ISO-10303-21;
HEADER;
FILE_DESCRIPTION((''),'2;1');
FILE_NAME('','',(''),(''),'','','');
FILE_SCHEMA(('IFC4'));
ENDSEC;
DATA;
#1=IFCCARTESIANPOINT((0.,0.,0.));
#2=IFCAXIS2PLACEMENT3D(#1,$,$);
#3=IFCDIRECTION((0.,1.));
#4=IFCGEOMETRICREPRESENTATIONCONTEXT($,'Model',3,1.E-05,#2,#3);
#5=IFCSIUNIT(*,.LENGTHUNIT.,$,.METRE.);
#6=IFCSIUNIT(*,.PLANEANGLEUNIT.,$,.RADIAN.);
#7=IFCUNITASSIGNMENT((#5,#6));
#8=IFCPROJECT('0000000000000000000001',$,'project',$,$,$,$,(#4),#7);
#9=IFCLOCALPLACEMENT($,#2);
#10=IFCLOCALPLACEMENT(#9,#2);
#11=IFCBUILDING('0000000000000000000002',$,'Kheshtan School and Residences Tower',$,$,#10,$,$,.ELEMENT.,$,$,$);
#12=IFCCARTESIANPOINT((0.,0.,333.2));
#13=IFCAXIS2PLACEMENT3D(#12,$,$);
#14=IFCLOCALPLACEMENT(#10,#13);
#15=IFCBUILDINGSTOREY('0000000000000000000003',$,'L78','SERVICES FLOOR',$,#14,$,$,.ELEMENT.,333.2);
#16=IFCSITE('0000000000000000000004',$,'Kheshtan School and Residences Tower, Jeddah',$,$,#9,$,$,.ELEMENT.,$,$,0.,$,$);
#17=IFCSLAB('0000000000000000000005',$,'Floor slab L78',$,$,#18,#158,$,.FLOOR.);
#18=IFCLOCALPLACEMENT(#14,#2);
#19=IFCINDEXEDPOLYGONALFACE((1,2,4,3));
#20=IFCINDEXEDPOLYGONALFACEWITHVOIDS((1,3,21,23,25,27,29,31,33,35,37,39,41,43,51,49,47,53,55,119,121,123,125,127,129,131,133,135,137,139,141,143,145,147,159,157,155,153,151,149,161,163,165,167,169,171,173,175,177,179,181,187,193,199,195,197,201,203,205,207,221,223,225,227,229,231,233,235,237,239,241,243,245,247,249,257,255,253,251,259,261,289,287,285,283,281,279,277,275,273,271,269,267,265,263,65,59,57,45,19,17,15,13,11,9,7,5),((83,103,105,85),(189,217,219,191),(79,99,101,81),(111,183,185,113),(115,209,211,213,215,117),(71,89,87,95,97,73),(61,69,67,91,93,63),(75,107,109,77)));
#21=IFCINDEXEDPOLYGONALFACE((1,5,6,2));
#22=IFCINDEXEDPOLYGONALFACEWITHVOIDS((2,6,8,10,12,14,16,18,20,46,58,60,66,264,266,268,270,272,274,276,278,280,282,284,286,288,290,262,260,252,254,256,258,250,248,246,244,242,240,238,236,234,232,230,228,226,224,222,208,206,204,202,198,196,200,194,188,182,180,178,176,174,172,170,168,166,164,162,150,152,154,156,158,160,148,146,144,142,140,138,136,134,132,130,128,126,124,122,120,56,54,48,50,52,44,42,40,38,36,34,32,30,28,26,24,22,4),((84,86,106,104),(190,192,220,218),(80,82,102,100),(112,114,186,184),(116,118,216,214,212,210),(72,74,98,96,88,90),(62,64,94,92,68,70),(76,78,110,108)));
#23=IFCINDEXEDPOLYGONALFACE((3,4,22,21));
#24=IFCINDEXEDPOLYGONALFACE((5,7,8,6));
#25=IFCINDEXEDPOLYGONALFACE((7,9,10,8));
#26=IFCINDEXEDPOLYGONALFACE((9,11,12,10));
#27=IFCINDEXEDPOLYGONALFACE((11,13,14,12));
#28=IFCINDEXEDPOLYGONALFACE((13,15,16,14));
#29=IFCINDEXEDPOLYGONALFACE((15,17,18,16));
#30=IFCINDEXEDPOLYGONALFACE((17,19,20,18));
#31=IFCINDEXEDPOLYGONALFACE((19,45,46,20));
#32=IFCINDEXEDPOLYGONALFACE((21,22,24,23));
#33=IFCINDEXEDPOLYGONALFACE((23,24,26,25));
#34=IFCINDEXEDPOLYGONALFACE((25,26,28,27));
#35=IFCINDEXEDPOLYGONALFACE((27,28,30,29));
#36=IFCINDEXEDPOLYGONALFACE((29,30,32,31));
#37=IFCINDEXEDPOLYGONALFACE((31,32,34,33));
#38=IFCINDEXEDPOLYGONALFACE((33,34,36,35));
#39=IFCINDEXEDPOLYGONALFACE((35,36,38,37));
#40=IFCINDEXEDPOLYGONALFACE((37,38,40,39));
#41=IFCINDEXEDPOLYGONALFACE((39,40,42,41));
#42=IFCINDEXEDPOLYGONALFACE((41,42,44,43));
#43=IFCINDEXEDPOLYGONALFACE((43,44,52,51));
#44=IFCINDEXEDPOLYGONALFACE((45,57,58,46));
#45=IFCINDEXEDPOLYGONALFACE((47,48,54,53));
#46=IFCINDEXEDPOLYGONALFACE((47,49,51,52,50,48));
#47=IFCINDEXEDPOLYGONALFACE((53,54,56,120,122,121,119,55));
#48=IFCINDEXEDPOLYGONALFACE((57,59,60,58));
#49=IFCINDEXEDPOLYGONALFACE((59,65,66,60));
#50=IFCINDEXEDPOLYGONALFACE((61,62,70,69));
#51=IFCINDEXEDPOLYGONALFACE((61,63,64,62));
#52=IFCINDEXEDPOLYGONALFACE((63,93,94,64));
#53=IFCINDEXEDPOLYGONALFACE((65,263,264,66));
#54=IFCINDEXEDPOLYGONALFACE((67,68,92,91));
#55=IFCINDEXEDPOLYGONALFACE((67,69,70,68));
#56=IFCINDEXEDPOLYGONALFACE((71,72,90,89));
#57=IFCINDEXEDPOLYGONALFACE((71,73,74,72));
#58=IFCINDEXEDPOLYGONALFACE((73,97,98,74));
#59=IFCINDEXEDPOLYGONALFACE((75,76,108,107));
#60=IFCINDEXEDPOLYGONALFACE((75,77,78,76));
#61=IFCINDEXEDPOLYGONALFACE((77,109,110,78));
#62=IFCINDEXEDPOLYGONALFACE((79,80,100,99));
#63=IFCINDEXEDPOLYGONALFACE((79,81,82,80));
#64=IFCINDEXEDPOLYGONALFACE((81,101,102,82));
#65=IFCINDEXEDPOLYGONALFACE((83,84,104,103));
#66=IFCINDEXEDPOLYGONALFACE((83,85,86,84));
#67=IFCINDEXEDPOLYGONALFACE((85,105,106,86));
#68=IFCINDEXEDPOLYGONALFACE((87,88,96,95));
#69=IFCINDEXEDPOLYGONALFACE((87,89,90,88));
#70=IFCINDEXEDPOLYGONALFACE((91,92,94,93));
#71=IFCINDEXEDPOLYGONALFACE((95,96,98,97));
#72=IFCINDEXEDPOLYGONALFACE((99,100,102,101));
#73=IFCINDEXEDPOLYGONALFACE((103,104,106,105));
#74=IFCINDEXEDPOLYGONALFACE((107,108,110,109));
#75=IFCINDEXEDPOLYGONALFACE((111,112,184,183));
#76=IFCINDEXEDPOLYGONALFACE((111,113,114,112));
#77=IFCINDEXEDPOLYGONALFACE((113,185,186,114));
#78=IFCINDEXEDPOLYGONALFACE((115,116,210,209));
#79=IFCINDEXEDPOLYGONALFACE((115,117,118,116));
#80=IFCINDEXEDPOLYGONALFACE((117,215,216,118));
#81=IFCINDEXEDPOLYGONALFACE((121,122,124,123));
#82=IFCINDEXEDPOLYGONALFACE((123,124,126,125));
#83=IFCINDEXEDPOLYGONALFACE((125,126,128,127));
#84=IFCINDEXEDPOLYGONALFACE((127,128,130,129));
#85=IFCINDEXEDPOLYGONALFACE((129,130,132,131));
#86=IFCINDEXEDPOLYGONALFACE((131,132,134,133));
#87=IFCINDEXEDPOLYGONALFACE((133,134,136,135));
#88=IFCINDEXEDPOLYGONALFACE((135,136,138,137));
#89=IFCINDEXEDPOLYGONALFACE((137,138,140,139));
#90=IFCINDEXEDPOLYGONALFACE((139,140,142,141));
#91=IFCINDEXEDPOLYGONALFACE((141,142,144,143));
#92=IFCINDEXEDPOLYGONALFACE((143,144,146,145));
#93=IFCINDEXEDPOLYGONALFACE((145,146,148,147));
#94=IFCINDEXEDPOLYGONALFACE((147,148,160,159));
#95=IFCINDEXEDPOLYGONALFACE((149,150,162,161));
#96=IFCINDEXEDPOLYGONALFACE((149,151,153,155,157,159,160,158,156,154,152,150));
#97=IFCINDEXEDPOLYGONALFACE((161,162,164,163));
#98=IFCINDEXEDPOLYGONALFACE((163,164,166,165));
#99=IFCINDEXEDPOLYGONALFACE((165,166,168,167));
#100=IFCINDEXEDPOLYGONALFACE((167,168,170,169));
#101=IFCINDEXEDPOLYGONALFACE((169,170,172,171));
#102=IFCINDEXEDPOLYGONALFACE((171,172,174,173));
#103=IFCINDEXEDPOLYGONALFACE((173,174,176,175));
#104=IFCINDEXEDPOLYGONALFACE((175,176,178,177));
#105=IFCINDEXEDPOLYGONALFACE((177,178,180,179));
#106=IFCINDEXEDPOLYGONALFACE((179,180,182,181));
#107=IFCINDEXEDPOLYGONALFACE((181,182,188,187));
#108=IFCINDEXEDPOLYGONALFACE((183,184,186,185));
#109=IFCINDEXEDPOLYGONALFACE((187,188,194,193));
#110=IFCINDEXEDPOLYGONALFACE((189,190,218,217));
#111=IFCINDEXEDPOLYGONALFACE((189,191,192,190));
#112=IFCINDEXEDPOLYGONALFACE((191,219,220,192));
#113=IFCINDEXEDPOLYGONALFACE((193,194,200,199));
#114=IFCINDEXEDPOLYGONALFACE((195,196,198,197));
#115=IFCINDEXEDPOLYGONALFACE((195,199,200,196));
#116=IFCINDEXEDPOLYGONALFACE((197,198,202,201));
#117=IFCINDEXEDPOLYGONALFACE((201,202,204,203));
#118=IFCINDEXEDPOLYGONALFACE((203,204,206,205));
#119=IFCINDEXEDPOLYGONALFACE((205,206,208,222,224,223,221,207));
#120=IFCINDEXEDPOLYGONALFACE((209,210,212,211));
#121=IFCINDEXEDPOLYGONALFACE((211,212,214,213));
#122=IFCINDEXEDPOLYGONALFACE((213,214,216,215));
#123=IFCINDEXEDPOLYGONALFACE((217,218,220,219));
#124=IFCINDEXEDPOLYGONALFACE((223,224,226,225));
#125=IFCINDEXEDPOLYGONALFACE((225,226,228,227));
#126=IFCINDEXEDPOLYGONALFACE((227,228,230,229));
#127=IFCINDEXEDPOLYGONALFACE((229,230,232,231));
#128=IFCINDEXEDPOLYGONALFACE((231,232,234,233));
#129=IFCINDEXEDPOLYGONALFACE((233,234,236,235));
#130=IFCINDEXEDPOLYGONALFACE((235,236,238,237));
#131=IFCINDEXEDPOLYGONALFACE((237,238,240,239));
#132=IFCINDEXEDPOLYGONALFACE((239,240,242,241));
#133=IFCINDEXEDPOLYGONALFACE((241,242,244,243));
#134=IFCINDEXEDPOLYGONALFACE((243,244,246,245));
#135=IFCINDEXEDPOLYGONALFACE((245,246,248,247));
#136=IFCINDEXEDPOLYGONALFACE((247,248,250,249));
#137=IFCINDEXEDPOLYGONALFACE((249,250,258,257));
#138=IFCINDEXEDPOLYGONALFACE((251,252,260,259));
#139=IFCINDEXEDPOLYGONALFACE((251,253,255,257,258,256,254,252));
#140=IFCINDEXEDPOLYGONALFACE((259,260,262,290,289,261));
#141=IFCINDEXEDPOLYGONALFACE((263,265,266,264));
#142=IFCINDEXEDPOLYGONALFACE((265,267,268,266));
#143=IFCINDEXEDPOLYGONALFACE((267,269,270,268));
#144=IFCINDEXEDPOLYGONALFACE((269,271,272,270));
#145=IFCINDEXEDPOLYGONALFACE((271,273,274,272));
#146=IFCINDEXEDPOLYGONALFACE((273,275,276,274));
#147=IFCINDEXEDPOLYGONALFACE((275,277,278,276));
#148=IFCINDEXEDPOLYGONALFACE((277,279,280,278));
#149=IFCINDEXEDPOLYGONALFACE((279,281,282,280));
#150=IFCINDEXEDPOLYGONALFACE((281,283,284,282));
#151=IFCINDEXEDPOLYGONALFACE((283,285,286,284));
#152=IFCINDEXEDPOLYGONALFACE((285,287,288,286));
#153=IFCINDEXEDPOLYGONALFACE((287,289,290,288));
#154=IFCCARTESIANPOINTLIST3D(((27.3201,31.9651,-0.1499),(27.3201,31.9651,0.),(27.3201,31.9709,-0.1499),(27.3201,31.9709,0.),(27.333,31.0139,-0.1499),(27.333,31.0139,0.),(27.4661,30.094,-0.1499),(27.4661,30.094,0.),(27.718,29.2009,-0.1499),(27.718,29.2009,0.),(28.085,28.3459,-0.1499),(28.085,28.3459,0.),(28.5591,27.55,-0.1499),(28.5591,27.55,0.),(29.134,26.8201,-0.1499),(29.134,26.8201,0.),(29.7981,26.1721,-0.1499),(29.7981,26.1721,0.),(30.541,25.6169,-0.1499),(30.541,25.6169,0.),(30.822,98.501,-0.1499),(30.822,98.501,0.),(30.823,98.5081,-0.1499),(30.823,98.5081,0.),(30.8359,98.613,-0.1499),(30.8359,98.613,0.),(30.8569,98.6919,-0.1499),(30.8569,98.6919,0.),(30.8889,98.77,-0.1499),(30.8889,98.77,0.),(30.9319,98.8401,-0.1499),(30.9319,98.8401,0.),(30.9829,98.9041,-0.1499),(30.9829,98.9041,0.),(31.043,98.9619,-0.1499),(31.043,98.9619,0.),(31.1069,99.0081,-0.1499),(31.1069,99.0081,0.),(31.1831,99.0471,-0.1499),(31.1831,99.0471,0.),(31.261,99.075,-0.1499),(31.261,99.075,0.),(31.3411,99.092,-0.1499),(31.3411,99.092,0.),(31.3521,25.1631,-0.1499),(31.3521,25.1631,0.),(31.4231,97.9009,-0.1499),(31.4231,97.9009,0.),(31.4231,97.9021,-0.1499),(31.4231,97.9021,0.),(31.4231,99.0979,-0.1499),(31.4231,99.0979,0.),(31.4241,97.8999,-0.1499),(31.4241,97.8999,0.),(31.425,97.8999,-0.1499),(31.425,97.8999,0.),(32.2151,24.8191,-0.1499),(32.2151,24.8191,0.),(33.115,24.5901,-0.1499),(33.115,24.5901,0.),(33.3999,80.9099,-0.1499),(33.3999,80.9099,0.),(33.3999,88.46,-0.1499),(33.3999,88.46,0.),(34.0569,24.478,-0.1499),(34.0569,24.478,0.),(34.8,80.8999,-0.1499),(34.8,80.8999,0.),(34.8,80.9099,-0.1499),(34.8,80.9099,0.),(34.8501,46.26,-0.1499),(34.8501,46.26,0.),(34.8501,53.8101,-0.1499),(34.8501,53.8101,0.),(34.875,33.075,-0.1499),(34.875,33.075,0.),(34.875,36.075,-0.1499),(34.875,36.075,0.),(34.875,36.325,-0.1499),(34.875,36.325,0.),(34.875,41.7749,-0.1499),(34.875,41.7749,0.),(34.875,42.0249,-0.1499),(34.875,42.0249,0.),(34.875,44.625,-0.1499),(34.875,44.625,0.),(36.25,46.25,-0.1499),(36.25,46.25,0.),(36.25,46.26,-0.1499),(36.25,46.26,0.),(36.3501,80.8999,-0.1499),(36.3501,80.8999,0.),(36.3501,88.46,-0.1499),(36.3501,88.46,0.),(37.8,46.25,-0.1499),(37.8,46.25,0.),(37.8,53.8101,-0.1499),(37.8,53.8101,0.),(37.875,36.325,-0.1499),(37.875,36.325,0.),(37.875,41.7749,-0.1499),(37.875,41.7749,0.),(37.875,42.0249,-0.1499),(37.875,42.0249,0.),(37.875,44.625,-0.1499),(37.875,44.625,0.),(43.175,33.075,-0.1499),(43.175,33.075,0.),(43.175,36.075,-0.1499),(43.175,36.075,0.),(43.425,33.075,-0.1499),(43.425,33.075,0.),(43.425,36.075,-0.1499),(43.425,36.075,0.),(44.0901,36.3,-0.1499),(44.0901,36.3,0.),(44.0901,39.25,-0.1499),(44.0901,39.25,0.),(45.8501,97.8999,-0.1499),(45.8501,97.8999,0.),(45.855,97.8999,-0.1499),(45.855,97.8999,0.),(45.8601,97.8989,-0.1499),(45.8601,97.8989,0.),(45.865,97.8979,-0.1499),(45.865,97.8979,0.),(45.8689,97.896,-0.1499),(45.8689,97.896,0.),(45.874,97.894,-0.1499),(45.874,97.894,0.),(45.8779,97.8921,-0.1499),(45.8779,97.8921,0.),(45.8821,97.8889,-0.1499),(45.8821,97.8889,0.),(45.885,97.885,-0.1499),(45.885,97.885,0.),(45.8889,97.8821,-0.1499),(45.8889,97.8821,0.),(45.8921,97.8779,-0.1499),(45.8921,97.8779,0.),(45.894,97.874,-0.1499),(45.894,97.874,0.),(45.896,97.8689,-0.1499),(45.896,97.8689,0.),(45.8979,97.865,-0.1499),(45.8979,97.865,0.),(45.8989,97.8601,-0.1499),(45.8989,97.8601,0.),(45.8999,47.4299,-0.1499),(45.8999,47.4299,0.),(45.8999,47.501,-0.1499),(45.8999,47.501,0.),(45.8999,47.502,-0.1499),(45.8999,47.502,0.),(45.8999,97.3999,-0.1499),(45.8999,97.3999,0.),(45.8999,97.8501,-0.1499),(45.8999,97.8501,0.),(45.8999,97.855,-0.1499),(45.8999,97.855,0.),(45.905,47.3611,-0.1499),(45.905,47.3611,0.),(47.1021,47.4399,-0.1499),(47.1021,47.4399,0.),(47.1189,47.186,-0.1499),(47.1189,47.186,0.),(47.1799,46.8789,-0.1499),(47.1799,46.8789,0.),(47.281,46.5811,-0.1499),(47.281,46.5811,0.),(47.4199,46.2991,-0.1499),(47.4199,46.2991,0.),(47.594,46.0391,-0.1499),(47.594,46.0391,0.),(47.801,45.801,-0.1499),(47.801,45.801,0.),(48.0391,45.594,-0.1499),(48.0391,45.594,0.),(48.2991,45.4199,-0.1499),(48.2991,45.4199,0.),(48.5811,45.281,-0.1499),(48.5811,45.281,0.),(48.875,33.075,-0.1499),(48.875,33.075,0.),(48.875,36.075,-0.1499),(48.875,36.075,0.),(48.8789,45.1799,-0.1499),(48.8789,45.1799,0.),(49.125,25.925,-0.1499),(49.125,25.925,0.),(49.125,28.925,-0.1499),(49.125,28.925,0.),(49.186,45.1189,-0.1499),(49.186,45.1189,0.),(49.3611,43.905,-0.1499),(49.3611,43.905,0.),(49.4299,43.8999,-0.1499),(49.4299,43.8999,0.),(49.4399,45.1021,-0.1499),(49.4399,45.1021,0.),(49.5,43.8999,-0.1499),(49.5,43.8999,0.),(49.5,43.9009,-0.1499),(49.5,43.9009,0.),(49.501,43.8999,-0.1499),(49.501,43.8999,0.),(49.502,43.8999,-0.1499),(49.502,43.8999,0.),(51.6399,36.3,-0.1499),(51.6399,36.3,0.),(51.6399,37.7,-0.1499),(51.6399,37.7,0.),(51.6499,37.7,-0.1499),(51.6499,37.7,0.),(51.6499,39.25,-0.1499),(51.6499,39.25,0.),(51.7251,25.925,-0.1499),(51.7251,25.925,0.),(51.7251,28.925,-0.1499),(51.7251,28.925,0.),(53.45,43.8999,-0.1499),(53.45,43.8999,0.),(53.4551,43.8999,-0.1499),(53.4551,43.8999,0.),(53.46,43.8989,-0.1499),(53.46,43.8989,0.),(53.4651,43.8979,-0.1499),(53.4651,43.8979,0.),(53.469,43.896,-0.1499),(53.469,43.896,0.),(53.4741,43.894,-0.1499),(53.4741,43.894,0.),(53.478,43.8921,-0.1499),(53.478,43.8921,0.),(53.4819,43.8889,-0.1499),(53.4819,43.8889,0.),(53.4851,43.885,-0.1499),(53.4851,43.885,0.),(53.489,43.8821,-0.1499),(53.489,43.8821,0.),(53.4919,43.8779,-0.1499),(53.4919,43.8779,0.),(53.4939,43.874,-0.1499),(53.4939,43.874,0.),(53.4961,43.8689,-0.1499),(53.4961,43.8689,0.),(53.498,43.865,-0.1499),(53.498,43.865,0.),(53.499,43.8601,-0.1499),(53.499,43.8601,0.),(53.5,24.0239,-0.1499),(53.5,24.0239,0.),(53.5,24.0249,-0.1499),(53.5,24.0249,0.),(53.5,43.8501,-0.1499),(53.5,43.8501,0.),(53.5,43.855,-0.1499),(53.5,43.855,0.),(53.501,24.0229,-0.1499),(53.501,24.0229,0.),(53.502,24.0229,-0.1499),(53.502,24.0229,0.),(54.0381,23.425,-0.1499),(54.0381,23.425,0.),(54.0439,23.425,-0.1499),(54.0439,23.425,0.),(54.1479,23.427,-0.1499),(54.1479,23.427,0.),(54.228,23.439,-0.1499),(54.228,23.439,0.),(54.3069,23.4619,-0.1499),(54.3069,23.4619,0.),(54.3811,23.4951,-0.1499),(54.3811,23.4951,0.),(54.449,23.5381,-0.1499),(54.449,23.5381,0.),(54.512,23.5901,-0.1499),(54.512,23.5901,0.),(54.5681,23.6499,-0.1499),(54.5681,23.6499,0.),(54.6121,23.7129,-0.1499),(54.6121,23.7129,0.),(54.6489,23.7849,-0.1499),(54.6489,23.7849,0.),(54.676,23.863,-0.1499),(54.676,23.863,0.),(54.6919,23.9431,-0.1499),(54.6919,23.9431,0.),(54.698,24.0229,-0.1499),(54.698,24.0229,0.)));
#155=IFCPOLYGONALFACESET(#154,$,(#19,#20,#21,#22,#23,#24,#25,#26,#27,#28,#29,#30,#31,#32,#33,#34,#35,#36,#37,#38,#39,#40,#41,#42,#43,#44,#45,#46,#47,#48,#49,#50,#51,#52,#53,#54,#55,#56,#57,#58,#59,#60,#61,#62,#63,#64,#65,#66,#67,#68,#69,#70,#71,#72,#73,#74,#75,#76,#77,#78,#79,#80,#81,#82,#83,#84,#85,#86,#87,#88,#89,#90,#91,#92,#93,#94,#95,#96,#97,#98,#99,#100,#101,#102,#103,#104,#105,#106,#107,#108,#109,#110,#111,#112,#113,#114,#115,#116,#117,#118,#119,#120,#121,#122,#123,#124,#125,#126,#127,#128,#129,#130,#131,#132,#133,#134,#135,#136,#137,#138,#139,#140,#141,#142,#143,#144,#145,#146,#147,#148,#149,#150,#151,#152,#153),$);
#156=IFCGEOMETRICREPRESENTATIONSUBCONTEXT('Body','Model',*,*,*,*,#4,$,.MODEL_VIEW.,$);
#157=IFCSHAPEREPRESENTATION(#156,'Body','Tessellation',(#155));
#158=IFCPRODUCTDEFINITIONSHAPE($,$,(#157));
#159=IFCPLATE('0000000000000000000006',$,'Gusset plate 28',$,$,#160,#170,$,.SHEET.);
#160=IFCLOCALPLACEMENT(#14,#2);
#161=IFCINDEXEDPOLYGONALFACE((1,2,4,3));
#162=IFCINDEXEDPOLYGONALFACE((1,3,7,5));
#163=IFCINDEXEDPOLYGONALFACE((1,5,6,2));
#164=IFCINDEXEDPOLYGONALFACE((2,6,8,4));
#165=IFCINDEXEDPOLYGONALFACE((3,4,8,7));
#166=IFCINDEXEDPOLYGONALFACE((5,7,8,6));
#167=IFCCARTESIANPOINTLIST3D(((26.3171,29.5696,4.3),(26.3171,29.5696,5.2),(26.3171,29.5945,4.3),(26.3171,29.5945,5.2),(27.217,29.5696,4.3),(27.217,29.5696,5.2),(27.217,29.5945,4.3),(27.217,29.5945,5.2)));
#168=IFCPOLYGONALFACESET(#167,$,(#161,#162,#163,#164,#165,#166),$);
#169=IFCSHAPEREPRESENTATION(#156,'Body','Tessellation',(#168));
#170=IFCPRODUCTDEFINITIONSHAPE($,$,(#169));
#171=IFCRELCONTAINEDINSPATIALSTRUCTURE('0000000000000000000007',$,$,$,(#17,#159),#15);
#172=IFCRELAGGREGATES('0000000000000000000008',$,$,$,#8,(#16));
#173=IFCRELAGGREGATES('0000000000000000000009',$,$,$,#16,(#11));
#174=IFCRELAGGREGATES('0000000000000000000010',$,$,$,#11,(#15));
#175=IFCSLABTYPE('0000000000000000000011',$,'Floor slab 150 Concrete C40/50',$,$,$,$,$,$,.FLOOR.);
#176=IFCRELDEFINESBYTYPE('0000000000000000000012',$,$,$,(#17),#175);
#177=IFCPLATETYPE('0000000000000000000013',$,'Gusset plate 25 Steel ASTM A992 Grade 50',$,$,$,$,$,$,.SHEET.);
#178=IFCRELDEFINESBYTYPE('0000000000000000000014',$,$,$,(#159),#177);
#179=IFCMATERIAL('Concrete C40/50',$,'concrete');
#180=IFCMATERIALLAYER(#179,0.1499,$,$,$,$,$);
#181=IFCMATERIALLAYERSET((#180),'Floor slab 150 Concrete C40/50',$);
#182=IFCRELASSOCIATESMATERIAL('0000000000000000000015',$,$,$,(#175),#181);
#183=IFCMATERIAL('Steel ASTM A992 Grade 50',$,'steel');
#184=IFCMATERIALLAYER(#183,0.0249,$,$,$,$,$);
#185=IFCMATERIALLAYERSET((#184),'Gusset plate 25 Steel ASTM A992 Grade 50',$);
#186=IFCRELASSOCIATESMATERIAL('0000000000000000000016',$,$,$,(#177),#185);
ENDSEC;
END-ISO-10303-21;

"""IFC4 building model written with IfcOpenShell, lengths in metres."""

from ifc_helpers import new_model, si_unit, direction, frame, origin, origin_2d, place, context, subcontext, project, spatial, polyline, rectangle, outline, extrude, material, layer, layer_set, type_object, element, save


model = new_model("IFC4")

# Units and contexts
model_context = context("Model", 3, precision=1e-05, world=origin(), true_north=direction((0.0, 1.0)))
body_context = subcontext(model_context, "Body", "Model", "MODEL_VIEW")
ifc_project = project(units=[si_unit("LENGTHUNIT", "METRE"), si_unit("PLANEANGLEUNIT", "RADIAN")], contexts=[model_context])

# Site, building, storey
site_placement = place(None, origin())
site = spatial("IfcSite", under=ifc_project, at=site_placement, Name="Kheshtan School and Residences Tower, Jeddah", CompositionType="ELEMENT", RefElevation=0.0)
building_placement = place(site_placement, origin())
building = spatial("IfcBuilding", under=site, at=building_placement, Name="Kheshtan School and Residences Tower", CompositionType="ELEMENT")
storey_placement = place(building_placement, frame((0.0, 0.0, 333.2)))
storey = spatial("IfcBuildingStorey", under=building, at=storey_placement, Name="L78", Description="SERVICES FLOOR", CompositionType="ELEMENT", Elevation=333.2)

# Shared definitions
ifc_material_1 = material(Name="Steel ASTM A992 Grade 50", Category="steel")

# Slab
ifc_material_2 = material(Name="Concrete C40/50", Category="concrete")
ifc_layer_1 = layer(ifc_material_2, 0.1499)
ifc_layer_set_1 = layer_set([ifc_layer_1], Name="Floor slab 150 Concrete C40/50")
slab_type_1 = type_object("IfcSlabType", Name="Floor slab 150 Concrete C40/50", PredefinedType="FLOOR", material=ifc_layer_set_1)
slab_1_placement = place(storey_placement, frame((0.0, 0.0, -0.1499)))
element("IfcSlab", 1, at=slab_1_placement, inside=storey, type_object=slab_type_1, Name="Floor slab L78", PredefinedType="FLOOR", context=body_context, shape_type="SweptSolid", body=[
    extrude(outline(polyline([(30.8569, 98.6919), (30.8889, 98.77), (30.9319, 98.8401), (30.9829, 98.9041), (31.043, 98.9619), (31.1069, 99.0081), (31.1831, 99.0471), (31.261, 99.075), (31.3411, 99.092), (31.4231, 99.0979), (31.4231, 97.9021), (31.4231, 97.9009), (31.4241, 97.8999), (31.425, 97.8999), (45.8501, 97.8999), (45.855, 97.8999), (45.8601, 97.8989), (45.865, 97.8979), (45.8689, 97.896), (45.874, 97.894), (45.8779, 97.8921), (45.8821, 97.8889), (45.885, 97.885), (45.8889, 97.8821), (45.8921, 97.8779), (45.894, 97.874), (45.896, 97.8689), (45.8979, 97.865), (45.8989, 97.8601), (45.8999, 97.855), (45.8999, 97.8501), (45.8999, 97.3999), (45.8999, 47.502), (45.8999, 47.501), (45.8999, 47.4299), (45.905, 47.3611), (47.1021, 47.4399), (47.1189, 47.186), (47.1799, 46.8789), (47.281, 46.5811), (47.4199, 46.2991), (47.594, 46.0391), (47.801, 45.801), (48.0391, 45.594), (48.2991, 45.4199), (48.5811, 45.281), (48.8789, 45.1799), (49.186, 45.1189), (49.4399, 45.1021), (49.3611, 43.905), (49.4299, 43.8999), (49.5, 43.8999), (49.5, 43.9009), (49.501, 43.8999), (49.502, 43.8999), (53.45, 43.8999), (53.4551, 43.8999), (53.46, 43.8989), (53.4651, 43.8979), (53.469, 43.896), (53.4741, 43.894), (53.478, 43.8921), (53.4819, 43.8889), (53.4851, 43.885), (53.489, 43.8821), (53.4919, 43.8779), (53.4939, 43.874), (53.4961, 43.8689), (53.498, 43.865), (53.499, 43.8601), (53.5, 43.855), (53.5, 43.8501), (53.5, 24.0249), (53.5, 24.0239), (53.501, 24.0229), (53.502, 24.0229), (54.698, 24.0229), (54.6919, 23.9431), (54.676, 23.863), (54.6489, 23.7849), (54.6121, 23.7129), (54.5681, 23.6499), (54.512, 23.5901), (54.449, 23.5381), (54.3811, 23.4951), (54.3069, 23.4619), (54.228, 23.439), (54.1479, 23.427), (54.0439, 23.425), (54.0381, 23.425), (34.0569, 24.478), (33.115, 24.5901), (32.2151, 24.8191), (31.3521, 25.1631), (30.541, 25.6169), (29.7981, 26.1721), (29.134, 26.8201), (28.5591, 27.55), (28.085, 28.3459), (27.718, 29.2009), (27.4661, 30.094), (27.333, 31.0139), (27.3201, 31.9651), (27.3201, 31.9709), (30.822, 98.501), (30.823, 98.5081), (30.8359, 98.613), (30.8569, 98.6919)]), holes=[polyline([(51.7251, 28.925), (49.125, 28.925), (49.125, 25.925), (51.7251, 25.925), (51.7251, 28.925)]), polyline([(43.175, 33.075), (43.175, 36.075), (34.875, 36.075), (34.875, 33.075), (43.175, 33.075)]), polyline([(43.425, 36.075), (43.425, 33.075), (48.875, 33.075), (48.875, 36.075), (43.425, 36.075)]), polyline([(51.6499, 37.7), (51.6499, 39.25), (44.0901, 39.25), (44.0901, 36.3), (51.6399, 36.3), (51.6399, 37.7), (51.6499, 37.7)]), polyline([(37.875, 41.7749), (34.875, 41.7749), (34.875, 36.325), (37.875, 36.325), (37.875, 41.7749)]), polyline([(37.875, 44.625), (34.875, 44.625), (34.875, 42.0249), (37.875, 42.0249), (37.875, 44.625)]), polyline([(37.8, 53.8101), (34.8501, 53.8101), (34.8501, 46.26), (36.25, 46.26), (36.25, 46.25), (37.8, 46.25), (37.8, 53.8101)]), polyline([(36.3501, 88.46), (33.3999, 88.46), (33.3999, 80.9099), (34.8, 80.9099), (34.8, 80.8999), (36.3501, 80.8999), (36.3501, 88.46)])]), origin(), (0.0, 0.0, 1.0), 0.1499),
])

# Plate
ifc_layer_2 = layer(ifc_material_1, 0.0249)
ifc_layer_set_2 = layer_set([ifc_layer_2], Name="Gusset plate 25 Steel ASTM A992 Grade 50")
plate_type = type_object("IfcPlateType", Name="Gusset plate 25 Steel ASTM A992 Grade 50", PredefinedType="SHEET", material=ifc_layer_set_2)
for number, where, z_axis, x_axis, name in (
    (2, (26.7671, 29.582, 4.3), (0.0, 0.0, 1.0), (1.0, 0.0, 0.0), "Gusset plate 28"),
):
    element("IfcPlate", number, at=place(storey_placement, frame(where, z_axis=z_axis, x_axis=x_axis)), inside=storey, type_object=plate_type, Name=name, PredefinedType="SHEET", context=body_context, shape_type="SweptSolid", body=[
        extrude(rectangle(XDim=0.8999, YDim=0.0249, at=origin_2d()), origin(), (0.0, 0.0, 1.0), 0.8999),
    ])

save(model, "model.ifc")
